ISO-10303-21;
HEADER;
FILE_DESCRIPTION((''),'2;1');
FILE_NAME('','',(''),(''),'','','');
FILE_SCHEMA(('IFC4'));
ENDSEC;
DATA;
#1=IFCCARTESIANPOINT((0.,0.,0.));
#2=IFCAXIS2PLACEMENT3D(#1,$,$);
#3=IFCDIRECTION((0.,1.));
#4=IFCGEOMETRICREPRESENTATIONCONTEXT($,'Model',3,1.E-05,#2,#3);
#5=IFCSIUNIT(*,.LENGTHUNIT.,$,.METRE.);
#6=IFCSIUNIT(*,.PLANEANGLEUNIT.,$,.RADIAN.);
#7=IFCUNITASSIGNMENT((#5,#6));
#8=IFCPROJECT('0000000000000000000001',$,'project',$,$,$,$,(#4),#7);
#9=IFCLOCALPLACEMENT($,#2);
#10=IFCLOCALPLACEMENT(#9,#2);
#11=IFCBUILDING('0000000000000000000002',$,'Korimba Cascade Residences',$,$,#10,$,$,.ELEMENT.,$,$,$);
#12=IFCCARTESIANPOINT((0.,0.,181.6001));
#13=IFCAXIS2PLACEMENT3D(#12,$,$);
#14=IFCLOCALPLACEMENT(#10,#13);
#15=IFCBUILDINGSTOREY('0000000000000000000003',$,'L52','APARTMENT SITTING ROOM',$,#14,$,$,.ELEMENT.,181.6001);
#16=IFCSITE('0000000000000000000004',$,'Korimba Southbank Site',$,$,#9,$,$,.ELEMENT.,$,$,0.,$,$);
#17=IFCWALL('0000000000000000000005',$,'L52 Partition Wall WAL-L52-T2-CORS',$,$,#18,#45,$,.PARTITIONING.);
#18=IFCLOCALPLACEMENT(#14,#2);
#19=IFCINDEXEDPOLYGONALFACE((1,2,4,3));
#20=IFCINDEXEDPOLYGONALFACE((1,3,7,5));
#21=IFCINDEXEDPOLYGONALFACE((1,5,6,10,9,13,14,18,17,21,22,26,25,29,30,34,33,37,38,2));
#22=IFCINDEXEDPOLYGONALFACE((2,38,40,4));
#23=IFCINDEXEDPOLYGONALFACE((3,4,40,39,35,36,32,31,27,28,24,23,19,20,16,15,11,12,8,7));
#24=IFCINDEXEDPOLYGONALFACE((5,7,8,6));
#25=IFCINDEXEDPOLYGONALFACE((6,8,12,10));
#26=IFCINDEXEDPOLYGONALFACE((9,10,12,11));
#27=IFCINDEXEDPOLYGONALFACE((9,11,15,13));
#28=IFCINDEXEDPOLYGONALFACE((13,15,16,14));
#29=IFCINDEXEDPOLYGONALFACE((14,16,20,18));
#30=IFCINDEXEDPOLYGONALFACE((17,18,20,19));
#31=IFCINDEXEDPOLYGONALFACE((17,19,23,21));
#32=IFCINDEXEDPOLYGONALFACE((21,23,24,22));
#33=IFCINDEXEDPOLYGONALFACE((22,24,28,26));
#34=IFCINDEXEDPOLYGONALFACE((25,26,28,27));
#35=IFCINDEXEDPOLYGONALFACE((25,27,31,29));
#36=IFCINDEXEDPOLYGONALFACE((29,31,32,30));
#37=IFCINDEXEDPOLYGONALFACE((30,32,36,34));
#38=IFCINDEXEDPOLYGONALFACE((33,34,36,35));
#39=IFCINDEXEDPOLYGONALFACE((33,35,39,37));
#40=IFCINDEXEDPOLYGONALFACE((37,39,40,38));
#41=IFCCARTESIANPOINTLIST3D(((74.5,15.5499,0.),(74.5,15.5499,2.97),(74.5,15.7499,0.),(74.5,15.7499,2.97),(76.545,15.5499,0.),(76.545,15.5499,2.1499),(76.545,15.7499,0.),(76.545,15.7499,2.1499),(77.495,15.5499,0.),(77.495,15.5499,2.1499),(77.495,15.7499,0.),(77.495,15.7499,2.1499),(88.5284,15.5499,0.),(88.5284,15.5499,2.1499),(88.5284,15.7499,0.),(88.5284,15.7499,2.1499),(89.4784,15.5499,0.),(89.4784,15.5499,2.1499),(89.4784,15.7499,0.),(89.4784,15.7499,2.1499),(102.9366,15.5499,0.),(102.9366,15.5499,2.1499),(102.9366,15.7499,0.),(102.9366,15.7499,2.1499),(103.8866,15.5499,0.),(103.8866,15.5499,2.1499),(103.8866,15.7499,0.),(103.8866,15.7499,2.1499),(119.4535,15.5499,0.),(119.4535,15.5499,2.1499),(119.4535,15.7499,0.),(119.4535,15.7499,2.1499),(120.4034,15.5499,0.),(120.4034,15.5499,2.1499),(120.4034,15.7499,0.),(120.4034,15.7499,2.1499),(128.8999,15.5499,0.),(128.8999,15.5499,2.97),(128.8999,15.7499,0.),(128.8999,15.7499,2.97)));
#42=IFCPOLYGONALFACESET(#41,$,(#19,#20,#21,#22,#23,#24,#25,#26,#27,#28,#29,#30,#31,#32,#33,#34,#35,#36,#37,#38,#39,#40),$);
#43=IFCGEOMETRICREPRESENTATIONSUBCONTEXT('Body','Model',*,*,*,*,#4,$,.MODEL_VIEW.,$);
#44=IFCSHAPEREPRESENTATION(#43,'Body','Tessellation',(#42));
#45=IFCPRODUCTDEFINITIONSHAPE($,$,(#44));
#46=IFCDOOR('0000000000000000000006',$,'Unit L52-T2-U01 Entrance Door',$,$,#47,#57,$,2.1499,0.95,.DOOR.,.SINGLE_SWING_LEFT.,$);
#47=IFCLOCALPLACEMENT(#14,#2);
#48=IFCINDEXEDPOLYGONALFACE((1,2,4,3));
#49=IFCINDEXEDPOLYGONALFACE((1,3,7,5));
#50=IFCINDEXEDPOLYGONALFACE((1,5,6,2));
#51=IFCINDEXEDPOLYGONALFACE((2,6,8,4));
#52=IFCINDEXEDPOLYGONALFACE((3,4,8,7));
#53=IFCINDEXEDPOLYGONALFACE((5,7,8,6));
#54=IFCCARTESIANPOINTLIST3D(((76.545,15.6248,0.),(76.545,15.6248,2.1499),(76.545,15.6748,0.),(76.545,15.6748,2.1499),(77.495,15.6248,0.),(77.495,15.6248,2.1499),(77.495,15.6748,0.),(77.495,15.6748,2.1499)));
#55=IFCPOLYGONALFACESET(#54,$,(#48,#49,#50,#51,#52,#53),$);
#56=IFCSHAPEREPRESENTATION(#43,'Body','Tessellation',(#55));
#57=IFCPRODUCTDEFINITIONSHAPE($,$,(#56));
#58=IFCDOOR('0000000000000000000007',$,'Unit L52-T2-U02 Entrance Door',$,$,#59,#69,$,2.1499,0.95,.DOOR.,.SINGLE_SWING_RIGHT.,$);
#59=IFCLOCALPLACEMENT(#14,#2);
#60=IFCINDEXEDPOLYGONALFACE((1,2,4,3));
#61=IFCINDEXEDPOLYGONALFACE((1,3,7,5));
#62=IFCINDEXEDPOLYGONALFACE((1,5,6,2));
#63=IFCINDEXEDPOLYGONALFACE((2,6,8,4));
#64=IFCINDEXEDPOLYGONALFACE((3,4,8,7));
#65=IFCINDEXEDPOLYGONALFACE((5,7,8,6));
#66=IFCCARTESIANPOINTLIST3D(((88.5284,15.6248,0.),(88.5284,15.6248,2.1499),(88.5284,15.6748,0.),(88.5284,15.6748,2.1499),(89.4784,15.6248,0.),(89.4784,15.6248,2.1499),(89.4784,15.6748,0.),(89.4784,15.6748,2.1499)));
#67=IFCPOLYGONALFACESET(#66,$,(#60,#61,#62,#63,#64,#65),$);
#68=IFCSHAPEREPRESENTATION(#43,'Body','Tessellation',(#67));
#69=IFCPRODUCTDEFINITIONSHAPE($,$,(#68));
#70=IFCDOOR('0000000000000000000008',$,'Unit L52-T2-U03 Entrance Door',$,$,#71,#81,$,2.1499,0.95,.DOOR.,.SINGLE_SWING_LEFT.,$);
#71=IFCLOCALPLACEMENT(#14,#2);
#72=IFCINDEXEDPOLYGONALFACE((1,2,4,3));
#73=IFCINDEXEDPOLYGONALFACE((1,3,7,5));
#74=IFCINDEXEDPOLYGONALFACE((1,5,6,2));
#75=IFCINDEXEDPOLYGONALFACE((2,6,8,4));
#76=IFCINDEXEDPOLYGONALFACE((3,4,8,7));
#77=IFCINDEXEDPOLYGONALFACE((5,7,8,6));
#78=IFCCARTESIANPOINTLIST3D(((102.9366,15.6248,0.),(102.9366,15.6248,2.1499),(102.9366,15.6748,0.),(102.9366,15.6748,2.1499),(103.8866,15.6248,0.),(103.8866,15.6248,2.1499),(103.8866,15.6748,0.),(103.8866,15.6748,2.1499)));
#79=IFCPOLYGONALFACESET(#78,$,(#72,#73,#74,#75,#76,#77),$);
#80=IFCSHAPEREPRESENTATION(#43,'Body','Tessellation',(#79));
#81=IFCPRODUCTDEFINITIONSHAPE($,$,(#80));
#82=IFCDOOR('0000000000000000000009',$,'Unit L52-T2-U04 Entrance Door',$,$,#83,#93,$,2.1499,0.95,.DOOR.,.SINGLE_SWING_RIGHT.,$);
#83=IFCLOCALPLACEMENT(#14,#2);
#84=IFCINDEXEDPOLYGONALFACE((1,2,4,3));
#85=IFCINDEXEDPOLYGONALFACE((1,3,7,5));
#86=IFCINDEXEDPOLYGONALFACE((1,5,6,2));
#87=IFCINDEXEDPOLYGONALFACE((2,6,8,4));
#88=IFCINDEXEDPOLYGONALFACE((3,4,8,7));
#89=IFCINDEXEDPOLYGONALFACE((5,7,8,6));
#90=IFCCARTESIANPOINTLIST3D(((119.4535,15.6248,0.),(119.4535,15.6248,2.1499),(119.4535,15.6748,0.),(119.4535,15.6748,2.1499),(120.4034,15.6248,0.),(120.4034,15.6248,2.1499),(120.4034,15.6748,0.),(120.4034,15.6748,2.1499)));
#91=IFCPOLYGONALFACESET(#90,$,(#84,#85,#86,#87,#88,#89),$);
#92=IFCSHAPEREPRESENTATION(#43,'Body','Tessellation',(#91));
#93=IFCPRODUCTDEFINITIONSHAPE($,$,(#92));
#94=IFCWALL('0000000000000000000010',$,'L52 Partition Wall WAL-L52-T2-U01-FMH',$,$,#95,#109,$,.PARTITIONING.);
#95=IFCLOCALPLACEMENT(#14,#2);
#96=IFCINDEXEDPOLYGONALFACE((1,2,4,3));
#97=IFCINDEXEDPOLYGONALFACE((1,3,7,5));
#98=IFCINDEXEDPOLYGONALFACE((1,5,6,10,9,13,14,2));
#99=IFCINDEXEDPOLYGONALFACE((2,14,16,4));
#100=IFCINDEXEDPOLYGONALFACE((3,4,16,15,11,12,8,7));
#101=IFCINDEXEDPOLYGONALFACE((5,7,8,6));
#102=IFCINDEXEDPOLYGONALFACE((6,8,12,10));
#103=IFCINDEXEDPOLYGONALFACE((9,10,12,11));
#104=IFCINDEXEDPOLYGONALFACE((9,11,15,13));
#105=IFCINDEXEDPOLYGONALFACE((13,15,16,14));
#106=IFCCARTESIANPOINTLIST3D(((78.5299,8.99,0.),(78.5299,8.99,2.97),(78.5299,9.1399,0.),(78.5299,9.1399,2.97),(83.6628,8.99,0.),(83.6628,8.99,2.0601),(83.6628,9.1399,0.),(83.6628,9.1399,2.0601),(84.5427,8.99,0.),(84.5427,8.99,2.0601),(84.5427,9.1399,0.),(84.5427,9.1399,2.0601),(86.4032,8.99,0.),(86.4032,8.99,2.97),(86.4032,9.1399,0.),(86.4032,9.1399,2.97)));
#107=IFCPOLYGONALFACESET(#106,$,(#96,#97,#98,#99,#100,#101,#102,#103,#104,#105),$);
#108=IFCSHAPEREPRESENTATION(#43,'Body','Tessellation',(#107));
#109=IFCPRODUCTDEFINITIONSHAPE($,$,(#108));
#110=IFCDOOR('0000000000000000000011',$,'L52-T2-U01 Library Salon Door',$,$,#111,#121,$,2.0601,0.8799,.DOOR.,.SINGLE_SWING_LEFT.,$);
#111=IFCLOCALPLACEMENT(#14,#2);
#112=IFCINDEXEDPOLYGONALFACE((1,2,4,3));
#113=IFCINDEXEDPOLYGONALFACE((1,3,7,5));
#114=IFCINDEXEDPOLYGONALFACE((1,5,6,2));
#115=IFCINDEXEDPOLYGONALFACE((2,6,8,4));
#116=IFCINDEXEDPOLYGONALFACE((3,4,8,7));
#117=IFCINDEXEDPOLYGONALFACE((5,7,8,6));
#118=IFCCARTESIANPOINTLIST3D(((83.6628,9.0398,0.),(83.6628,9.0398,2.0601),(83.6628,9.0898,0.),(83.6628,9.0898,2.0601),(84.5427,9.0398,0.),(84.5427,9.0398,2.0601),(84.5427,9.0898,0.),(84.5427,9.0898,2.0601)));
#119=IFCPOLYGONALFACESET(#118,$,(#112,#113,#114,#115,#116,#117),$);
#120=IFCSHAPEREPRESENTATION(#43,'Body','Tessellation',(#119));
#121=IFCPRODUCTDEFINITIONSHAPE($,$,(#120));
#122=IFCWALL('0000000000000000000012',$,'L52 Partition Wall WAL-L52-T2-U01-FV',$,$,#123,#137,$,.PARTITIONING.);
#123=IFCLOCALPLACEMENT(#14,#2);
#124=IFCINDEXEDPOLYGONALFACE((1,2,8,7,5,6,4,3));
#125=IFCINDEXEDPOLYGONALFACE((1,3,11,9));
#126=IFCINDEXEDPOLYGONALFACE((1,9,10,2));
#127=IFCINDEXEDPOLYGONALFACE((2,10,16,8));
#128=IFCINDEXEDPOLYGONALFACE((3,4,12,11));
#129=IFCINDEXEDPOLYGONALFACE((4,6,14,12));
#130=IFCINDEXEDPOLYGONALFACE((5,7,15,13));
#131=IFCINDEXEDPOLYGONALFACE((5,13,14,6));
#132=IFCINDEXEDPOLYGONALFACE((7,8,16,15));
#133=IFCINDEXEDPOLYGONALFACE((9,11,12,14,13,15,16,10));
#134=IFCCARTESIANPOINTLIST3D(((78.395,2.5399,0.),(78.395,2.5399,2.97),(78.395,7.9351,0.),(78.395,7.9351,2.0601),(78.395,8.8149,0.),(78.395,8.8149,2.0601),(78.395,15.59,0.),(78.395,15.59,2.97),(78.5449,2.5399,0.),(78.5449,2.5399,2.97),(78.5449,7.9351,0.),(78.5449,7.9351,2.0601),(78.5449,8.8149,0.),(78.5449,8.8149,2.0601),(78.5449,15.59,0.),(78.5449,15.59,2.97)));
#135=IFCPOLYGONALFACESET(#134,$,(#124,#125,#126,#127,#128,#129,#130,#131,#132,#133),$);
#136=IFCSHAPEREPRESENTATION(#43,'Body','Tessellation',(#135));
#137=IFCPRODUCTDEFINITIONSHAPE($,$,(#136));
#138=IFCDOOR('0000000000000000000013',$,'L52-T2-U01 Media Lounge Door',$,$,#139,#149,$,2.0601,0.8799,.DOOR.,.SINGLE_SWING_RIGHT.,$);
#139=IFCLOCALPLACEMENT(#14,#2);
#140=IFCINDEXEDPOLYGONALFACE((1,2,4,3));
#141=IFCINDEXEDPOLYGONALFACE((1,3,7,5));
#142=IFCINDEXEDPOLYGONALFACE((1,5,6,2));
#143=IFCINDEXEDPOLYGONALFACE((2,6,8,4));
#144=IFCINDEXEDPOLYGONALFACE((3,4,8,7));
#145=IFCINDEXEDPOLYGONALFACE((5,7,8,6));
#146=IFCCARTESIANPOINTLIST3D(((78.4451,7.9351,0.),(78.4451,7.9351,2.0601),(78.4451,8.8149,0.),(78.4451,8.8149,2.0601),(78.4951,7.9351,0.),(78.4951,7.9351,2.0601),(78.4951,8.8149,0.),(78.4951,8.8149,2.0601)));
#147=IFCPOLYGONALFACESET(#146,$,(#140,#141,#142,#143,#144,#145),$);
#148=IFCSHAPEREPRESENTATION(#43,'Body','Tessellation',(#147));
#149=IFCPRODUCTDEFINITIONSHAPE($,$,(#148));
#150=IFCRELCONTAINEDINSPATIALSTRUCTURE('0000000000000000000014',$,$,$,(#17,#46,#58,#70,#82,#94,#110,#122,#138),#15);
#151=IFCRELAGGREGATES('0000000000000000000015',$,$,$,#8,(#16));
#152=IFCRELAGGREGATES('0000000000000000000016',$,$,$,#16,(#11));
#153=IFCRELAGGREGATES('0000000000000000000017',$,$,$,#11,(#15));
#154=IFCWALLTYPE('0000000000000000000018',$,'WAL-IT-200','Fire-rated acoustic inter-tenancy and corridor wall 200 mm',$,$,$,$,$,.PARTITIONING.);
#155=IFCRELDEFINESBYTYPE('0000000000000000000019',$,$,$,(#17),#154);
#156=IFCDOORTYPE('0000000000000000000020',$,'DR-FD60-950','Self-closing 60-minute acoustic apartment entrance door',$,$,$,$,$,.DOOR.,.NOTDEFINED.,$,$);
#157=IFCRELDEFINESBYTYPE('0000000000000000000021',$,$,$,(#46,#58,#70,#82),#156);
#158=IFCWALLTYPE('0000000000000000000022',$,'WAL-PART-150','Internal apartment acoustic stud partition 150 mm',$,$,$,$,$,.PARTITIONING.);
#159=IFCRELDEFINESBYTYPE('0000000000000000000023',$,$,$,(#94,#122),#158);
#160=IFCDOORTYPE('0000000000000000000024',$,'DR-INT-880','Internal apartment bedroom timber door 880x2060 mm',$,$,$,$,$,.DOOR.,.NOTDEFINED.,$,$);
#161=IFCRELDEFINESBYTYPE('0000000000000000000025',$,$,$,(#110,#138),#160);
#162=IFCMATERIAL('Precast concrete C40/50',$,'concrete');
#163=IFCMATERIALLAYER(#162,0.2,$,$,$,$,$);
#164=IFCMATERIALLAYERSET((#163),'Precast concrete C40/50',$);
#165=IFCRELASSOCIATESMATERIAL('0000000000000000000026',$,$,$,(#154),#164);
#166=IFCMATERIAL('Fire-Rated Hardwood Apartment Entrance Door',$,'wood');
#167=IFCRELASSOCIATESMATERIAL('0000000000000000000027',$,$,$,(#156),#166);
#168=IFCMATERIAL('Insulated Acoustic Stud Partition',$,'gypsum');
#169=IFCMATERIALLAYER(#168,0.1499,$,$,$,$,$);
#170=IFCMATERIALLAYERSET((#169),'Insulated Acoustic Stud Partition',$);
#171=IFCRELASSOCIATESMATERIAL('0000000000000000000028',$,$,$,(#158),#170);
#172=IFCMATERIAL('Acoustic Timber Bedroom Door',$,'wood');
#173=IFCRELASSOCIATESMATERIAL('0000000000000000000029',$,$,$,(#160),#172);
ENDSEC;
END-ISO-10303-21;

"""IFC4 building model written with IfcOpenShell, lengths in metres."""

from ifc_helpers import new_model, si_unit, direction, frame, frame_2d, origin, place, context, subcontext, project, spatial, rectangle, extrude, material, layer, layer_set, type_object, element, fill, save


model = new_model("IFC4")

# Units and contexts
model_context = context("Model", 3, precision=1e-05, world=origin(), true_north=direction((0.0, 1.0)))
body_context = subcontext(model_context, "Body", "Model", "MODEL_VIEW")
ifc_project = project(units=[si_unit("LENGTHUNIT", "METRE"), si_unit("PLANEANGLEUNIT", "RADIAN")], contexts=[model_context])

# Site, building, storey
site_placement = place(None, origin())
site = spatial("IfcSite", under=ifc_project, at=site_placement, Name="Korimba Southbank Site", CompositionType="ELEMENT", RefElevation=0.0)
building_placement = place(site_placement, origin())
building = spatial("IfcBuilding", under=site, at=building_placement, Name="Korimba Cascade Residences", CompositionType="ELEMENT")
storey_placement = place(building_placement, frame((0.0, 0.0, 181.6001)))
storey = spatial("IfcBuildingStorey", under=building, at=storey_placement, Name="L52", Description="APARTMENT SITTING ROOM", CompositionType="ELEMENT", Elevation=181.6001)

# Shared definitions
ifc_material_1 = material(Name="Precast concrete C40/50", Category="concrete")

# Wall, openings, doors
ifc_layer_1 = layer(ifc_material_1, 0.2)
ifc_layer_set_1 = layer_set([ifc_layer_1], Name="Precast concrete C40/50")
wall_type_1 = type_object("IfcWallType", Name="WAL-IT-200", Description="Fire-rated acoustic inter-tenancy and corridor wall 200 mm", PredefinedType="PARTITIONING", material=ifc_layer_set_1)
wall_1_placement = place(storey_placement, frame((74.5, 15.6499, 0.0), z_axis=(0.0, 0.0, 1.0), x_axis=(1.0, 0.0, 0.0)))
wall_1 = element("IfcWall", 1, at=wall_1_placement, inside=storey, type_object=wall_type_1, Name="L52 Partition Wall WAL-L52-T2-CORS", PredefinedType="PARTITIONING", context=body_context, shape_type="SweptSolid", body=[
    extrude(rectangle(XDim=54.3999, YDim=0.2, at=frame_2d((27.2, 0.0))), origin(), (0.0, 0.0, 1.0), 2.97),
])
opening_1_placement = place(wall_1_placement, frame((2.0449, 0.0, 0.0)))
opening_1 = element("IfcOpeningElement", 2, at=opening_1_placement, cuts=wall_1, PredefinedType="OPENING", context=body_context, shape_type="SweptSolid", body=[
    extrude(rectangle(XDim=0.95, YDim=2.1499, at=frame_2d((0.4751, 1.075))), frame((0.0, 0.1099, 0.0), z_axis=(0.0, -1.0, 0.0), x_axis=(1.0, 0.0, 0.0)), (0.0, 0.0, 1.0), 0.22),
])
opening_2_placement = place(wall_1_placement, frame((14.0283, 0.0, 0.0)))
opening_2 = element("IfcOpeningElement", 3, at=opening_2_placement, cuts=wall_1, PredefinedType="OPENING", context=body_context, shape_type="SweptSolid", body=[
    extrude(rectangle(XDim=0.95, YDim=2.1499, at=frame_2d((0.4751, 1.075))), frame((0.0, 0.1099, 0.0), z_axis=(0.0, -1.0, 0.0), x_axis=(1.0, 0.0, 0.0)), (0.0, 0.0, 1.0), 0.22),
])
opening_3_placement = place(wall_1_placement, frame((28.4365, 0.0, 0.0)))
opening_3 = element("IfcOpeningElement", 4, at=opening_3_placement, cuts=wall_1, PredefinedType="OPENING", context=body_context, shape_type="SweptSolid", body=[
    extrude(rectangle(XDim=0.95, YDim=2.1499, at=frame_2d((0.4751, 1.075))), frame((0.0, 0.1099, 0.0), z_axis=(0.0, -1.0, 0.0), x_axis=(1.0, 0.0, 0.0)), (0.0, 0.0, 1.0), 0.22),
])
opening_4_placement = place(wall_1_placement, frame((44.9534, 0.0, 0.0)))
opening_4 = element("IfcOpeningElement", 5, at=opening_4_placement, cuts=wall_1, PredefinedType="OPENING", context=body_context, shape_type="SweptSolid", body=[
    extrude(rectangle(XDim=0.95, YDim=2.1499, at=frame_2d((0.4751, 1.075))), frame((0.0, 0.1099, 0.0), z_axis=(0.0, -1.0, 0.0), x_axis=(1.0, 0.0, 0.0)), (0.0, 0.0, 1.0), 0.22),
])
ifc_material_2 = material(Name="Fire-Rated Hardwood Apartment Entrance Door", Category="wood")
door_type_1 = type_object("IfcDoorType", Name="DR-FD60-950", Description="Self-closing 60-minute acoustic apartment entrance door", OperationType="NOTDEFINED", PredefinedType="DOOR", material=ifc_material_2)
door_1_placement = place(opening_1_placement, origin())
door_1 = element("IfcDoor", 6, at=door_1_placement, inside=storey, type_object=door_type_1, Name="Unit L52-T2-U01 Entrance Door", OperationType="SINGLE_SWING_LEFT", OverallHeight=2.1499, OverallWidth=0.95, PredefinedType="DOOR", context=body_context, shape_type="SweptSolid", body=[
    extrude(rectangle(XDim=0.95, YDim=2.1499, at=frame_2d((0.4751, 1.075))), frame((0.0, 0.0249, 0.0), z_axis=(0.0, -1.0, 0.0), x_axis=(1.0, 0.0, 0.0)), (0.0, 0.0, 1.0), 0.05),
])
fill(opening_1, door_1)
door_2_placement = place(opening_2_placement, origin())
door_2 = element("IfcDoor", 7, at=door_2_placement, inside=storey, type_object=door_type_1, Name="Unit L52-T2-U02 Entrance Door", OperationType="SINGLE_SWING_RIGHT", OverallHeight=2.1499, OverallWidth=0.95, PredefinedType="DOOR", context=body_context, shape_type="SweptSolid", body=[
    extrude(rectangle(XDim=0.95, YDim=2.1499, at=frame_2d((0.4751, 1.075))), frame((0.0, 0.0249, 0.0), z_axis=(0.0, -1.0, 0.0), x_axis=(1.0, 0.0, 0.0)), (0.0, 0.0, 1.0), 0.05),
])
fill(opening_2, door_2)
door_3_placement = place(opening_3_placement, origin())
door_3 = element("IfcDoor", 8, at=door_3_placement, inside=storey, type_object=door_type_1, Name="Unit L52-T2-U03 Entrance Door", OperationType="SINGLE_SWING_LEFT", OverallHeight=2.1499, OverallWidth=0.95, PredefinedType="DOOR", context=body_context, shape_type="SweptSolid", body=[
    extrude(rectangle(XDim=0.95, YDim=2.1499, at=frame_2d((0.4751, 1.075))), frame((0.0, 0.0249, 0.0), z_axis=(0.0, -1.0, 0.0), x_axis=(1.0, 0.0, 0.0)), (0.0, 0.0, 1.0), 0.05),
])
fill(opening_3, door_3)
door_4_placement = place(opening_4_placement, origin())
door_4 = element("IfcDoor", 9, at=door_4_placement, inside=storey, type_object=door_type_1, Name="Unit L52-T2-U04 Entrance Door", OperationType="SINGLE_SWING_RIGHT", OverallHeight=2.1499, OverallWidth=0.95, PredefinedType="DOOR", context=body_context, shape_type="SweptSolid", body=[
    extrude(rectangle(XDim=0.95, YDim=2.1499, at=frame_2d((0.4751, 1.075))), frame((0.0, 0.0249, 0.0), z_axis=(0.0, -1.0, 0.0), x_axis=(1.0, 0.0, 0.0)), (0.0, 0.0, 1.0), 0.05),
])
fill(opening_4, door_4)

# Walls, openings, doors
ifc_material_3 = material(Name="Insulated Acoustic Stud Partition", Category="gypsum")
ifc_layer_2 = layer(ifc_material_3, 0.1499)
ifc_layer_set_2 = layer_set([ifc_layer_2], Name="Insulated Acoustic Stud Partition")
wall_type_2 = type_object("IfcWallType", Name="WAL-PART-150", Description="Internal apartment acoustic stud partition 150 mm", PredefinedType="PARTITIONING", material=ifc_layer_set_2)
wall_2_placement = place(storey_placement, frame((78.53, 9.0649, 0.0), z_axis=(0.0, 0.0, 1.0), x_axis=(1.0, 0.0, 0.0)))
wall_2 = element("IfcWall", 10, at=wall_2_placement, inside=storey, type_object=wall_type_2, Name="L52 Partition Wall WAL-L52-T2-U01-FMH", PredefinedType="PARTITIONING", context=body_context, shape_type="SweptSolid", body=[
    extrude(rectangle(XDim=7.8733, YDim=0.1499, at=frame_2d((3.9365, 0.0))), origin(), (0.0, 0.0, 1.0), 2.97),
])
opening_5_placement = place(wall_2_placement, frame((5.1328, 0.0, 0.0)))
opening_5 = element("IfcOpeningElement", 11, at=opening_5_placement, cuts=wall_2, PredefinedType="OPENING", context=body_context, shape_type="SweptSolid", body=[
    extrude(rectangle(XDim=0.8799, YDim=2.0601, at=frame_2d((0.4399, 1.03))), frame((0.0, 0.085, 0.0), z_axis=(0.0, -1.0, 0.0), x_axis=(1.0, 0.0, 0.0)), (0.0, 0.0, 1.0), 0.1699),
])
ifc_material_4 = material(Name="Acoustic Timber Bedroom Door", Category="wood")
door_type_2 = type_object("IfcDoorType", Name="DR-INT-880", Description="Internal apartment bedroom timber door 880x2060 mm", OperationType="NOTDEFINED", PredefinedType="DOOR", material=ifc_material_4)
door_5_placement = place(opening_5_placement, origin())
door_5 = element("IfcDoor", 12, at=door_5_placement, inside=storey, type_object=door_type_2, Name="L52-T2-U01 Library Salon Door", OperationType="SINGLE_SWING_LEFT", OverallHeight=2.0601, OverallWidth=0.8799, PredefinedType="DOOR", context=body_context, shape_type="SweptSolid", body=[
    extrude(rectangle(XDim=0.8799, YDim=2.0601, at=frame_2d((0.4399, 1.03))), frame((0.0, 0.0249, 0.0), z_axis=(0.0, -1.0, 0.0), x_axis=(1.0, 0.0, 0.0)), (0.0, 0.0, 1.0), 0.05),
])
fill(opening_5, door_5)
wall_3_placement = place(storey_placement, frame((78.47, 2.54, 0.0), z_axis=(0.0, 0.0, 1.0), x_axis=(0.0, 1.0, 0.0)))
wall_3 = element("IfcWall", 13, at=wall_3_placement, inside=storey, type_object=wall_type_2, Name="L52 Partition Wall WAL-L52-T2-U01-FV", PredefinedType="PARTITIONING", context=body_context, shape_type="SweptSolid", body=[
    extrude(rectangle(XDim=13.05, YDim=0.1499, at=frame_2d((6.5249, 0.0))), origin(), (0.0, 0.0, 1.0), 2.97),
])
opening_6_placement = place(wall_3_placement, frame((5.395, 0.0, 0.0)))
opening_6 = element("IfcOpeningElement", 14, at=opening_6_placement, cuts=wall_3, PredefinedType="OPENING", context=body_context, shape_type="SweptSolid", body=[
    extrude(rectangle(XDim=0.8799, YDim=2.0601, at=frame_2d((0.4399, 1.03))), frame((0.0, 0.085, 0.0), z_axis=(0.0, -1.0, 0.0), x_axis=(1.0, 0.0, 0.0)), (0.0, 0.0, 1.0), 0.1699),
])
door_6_placement = place(opening_6_placement, origin())
door_6 = element("IfcDoor", 15, at=door_6_placement, inside=storey, type_object=door_type_2, Name="L52-T2-U01 Media Lounge Door", OperationType="SINGLE_SWING_RIGHT", OverallHeight=2.0601, OverallWidth=0.8799, PredefinedType="DOOR", context=body_context, shape_type="SweptSolid", body=[
    extrude(rectangle(XDim=0.8799, YDim=2.0601, at=frame_2d((0.4399, 1.03))), frame((0.0, 0.0249, 0.0), z_axis=(0.0, -1.0, 0.0), x_axis=(1.0, 0.0, 0.0)), (0.0, 0.0, 1.0), 0.05),
])
fill(opening_6, door_6)

save(model, "model.ifc")
